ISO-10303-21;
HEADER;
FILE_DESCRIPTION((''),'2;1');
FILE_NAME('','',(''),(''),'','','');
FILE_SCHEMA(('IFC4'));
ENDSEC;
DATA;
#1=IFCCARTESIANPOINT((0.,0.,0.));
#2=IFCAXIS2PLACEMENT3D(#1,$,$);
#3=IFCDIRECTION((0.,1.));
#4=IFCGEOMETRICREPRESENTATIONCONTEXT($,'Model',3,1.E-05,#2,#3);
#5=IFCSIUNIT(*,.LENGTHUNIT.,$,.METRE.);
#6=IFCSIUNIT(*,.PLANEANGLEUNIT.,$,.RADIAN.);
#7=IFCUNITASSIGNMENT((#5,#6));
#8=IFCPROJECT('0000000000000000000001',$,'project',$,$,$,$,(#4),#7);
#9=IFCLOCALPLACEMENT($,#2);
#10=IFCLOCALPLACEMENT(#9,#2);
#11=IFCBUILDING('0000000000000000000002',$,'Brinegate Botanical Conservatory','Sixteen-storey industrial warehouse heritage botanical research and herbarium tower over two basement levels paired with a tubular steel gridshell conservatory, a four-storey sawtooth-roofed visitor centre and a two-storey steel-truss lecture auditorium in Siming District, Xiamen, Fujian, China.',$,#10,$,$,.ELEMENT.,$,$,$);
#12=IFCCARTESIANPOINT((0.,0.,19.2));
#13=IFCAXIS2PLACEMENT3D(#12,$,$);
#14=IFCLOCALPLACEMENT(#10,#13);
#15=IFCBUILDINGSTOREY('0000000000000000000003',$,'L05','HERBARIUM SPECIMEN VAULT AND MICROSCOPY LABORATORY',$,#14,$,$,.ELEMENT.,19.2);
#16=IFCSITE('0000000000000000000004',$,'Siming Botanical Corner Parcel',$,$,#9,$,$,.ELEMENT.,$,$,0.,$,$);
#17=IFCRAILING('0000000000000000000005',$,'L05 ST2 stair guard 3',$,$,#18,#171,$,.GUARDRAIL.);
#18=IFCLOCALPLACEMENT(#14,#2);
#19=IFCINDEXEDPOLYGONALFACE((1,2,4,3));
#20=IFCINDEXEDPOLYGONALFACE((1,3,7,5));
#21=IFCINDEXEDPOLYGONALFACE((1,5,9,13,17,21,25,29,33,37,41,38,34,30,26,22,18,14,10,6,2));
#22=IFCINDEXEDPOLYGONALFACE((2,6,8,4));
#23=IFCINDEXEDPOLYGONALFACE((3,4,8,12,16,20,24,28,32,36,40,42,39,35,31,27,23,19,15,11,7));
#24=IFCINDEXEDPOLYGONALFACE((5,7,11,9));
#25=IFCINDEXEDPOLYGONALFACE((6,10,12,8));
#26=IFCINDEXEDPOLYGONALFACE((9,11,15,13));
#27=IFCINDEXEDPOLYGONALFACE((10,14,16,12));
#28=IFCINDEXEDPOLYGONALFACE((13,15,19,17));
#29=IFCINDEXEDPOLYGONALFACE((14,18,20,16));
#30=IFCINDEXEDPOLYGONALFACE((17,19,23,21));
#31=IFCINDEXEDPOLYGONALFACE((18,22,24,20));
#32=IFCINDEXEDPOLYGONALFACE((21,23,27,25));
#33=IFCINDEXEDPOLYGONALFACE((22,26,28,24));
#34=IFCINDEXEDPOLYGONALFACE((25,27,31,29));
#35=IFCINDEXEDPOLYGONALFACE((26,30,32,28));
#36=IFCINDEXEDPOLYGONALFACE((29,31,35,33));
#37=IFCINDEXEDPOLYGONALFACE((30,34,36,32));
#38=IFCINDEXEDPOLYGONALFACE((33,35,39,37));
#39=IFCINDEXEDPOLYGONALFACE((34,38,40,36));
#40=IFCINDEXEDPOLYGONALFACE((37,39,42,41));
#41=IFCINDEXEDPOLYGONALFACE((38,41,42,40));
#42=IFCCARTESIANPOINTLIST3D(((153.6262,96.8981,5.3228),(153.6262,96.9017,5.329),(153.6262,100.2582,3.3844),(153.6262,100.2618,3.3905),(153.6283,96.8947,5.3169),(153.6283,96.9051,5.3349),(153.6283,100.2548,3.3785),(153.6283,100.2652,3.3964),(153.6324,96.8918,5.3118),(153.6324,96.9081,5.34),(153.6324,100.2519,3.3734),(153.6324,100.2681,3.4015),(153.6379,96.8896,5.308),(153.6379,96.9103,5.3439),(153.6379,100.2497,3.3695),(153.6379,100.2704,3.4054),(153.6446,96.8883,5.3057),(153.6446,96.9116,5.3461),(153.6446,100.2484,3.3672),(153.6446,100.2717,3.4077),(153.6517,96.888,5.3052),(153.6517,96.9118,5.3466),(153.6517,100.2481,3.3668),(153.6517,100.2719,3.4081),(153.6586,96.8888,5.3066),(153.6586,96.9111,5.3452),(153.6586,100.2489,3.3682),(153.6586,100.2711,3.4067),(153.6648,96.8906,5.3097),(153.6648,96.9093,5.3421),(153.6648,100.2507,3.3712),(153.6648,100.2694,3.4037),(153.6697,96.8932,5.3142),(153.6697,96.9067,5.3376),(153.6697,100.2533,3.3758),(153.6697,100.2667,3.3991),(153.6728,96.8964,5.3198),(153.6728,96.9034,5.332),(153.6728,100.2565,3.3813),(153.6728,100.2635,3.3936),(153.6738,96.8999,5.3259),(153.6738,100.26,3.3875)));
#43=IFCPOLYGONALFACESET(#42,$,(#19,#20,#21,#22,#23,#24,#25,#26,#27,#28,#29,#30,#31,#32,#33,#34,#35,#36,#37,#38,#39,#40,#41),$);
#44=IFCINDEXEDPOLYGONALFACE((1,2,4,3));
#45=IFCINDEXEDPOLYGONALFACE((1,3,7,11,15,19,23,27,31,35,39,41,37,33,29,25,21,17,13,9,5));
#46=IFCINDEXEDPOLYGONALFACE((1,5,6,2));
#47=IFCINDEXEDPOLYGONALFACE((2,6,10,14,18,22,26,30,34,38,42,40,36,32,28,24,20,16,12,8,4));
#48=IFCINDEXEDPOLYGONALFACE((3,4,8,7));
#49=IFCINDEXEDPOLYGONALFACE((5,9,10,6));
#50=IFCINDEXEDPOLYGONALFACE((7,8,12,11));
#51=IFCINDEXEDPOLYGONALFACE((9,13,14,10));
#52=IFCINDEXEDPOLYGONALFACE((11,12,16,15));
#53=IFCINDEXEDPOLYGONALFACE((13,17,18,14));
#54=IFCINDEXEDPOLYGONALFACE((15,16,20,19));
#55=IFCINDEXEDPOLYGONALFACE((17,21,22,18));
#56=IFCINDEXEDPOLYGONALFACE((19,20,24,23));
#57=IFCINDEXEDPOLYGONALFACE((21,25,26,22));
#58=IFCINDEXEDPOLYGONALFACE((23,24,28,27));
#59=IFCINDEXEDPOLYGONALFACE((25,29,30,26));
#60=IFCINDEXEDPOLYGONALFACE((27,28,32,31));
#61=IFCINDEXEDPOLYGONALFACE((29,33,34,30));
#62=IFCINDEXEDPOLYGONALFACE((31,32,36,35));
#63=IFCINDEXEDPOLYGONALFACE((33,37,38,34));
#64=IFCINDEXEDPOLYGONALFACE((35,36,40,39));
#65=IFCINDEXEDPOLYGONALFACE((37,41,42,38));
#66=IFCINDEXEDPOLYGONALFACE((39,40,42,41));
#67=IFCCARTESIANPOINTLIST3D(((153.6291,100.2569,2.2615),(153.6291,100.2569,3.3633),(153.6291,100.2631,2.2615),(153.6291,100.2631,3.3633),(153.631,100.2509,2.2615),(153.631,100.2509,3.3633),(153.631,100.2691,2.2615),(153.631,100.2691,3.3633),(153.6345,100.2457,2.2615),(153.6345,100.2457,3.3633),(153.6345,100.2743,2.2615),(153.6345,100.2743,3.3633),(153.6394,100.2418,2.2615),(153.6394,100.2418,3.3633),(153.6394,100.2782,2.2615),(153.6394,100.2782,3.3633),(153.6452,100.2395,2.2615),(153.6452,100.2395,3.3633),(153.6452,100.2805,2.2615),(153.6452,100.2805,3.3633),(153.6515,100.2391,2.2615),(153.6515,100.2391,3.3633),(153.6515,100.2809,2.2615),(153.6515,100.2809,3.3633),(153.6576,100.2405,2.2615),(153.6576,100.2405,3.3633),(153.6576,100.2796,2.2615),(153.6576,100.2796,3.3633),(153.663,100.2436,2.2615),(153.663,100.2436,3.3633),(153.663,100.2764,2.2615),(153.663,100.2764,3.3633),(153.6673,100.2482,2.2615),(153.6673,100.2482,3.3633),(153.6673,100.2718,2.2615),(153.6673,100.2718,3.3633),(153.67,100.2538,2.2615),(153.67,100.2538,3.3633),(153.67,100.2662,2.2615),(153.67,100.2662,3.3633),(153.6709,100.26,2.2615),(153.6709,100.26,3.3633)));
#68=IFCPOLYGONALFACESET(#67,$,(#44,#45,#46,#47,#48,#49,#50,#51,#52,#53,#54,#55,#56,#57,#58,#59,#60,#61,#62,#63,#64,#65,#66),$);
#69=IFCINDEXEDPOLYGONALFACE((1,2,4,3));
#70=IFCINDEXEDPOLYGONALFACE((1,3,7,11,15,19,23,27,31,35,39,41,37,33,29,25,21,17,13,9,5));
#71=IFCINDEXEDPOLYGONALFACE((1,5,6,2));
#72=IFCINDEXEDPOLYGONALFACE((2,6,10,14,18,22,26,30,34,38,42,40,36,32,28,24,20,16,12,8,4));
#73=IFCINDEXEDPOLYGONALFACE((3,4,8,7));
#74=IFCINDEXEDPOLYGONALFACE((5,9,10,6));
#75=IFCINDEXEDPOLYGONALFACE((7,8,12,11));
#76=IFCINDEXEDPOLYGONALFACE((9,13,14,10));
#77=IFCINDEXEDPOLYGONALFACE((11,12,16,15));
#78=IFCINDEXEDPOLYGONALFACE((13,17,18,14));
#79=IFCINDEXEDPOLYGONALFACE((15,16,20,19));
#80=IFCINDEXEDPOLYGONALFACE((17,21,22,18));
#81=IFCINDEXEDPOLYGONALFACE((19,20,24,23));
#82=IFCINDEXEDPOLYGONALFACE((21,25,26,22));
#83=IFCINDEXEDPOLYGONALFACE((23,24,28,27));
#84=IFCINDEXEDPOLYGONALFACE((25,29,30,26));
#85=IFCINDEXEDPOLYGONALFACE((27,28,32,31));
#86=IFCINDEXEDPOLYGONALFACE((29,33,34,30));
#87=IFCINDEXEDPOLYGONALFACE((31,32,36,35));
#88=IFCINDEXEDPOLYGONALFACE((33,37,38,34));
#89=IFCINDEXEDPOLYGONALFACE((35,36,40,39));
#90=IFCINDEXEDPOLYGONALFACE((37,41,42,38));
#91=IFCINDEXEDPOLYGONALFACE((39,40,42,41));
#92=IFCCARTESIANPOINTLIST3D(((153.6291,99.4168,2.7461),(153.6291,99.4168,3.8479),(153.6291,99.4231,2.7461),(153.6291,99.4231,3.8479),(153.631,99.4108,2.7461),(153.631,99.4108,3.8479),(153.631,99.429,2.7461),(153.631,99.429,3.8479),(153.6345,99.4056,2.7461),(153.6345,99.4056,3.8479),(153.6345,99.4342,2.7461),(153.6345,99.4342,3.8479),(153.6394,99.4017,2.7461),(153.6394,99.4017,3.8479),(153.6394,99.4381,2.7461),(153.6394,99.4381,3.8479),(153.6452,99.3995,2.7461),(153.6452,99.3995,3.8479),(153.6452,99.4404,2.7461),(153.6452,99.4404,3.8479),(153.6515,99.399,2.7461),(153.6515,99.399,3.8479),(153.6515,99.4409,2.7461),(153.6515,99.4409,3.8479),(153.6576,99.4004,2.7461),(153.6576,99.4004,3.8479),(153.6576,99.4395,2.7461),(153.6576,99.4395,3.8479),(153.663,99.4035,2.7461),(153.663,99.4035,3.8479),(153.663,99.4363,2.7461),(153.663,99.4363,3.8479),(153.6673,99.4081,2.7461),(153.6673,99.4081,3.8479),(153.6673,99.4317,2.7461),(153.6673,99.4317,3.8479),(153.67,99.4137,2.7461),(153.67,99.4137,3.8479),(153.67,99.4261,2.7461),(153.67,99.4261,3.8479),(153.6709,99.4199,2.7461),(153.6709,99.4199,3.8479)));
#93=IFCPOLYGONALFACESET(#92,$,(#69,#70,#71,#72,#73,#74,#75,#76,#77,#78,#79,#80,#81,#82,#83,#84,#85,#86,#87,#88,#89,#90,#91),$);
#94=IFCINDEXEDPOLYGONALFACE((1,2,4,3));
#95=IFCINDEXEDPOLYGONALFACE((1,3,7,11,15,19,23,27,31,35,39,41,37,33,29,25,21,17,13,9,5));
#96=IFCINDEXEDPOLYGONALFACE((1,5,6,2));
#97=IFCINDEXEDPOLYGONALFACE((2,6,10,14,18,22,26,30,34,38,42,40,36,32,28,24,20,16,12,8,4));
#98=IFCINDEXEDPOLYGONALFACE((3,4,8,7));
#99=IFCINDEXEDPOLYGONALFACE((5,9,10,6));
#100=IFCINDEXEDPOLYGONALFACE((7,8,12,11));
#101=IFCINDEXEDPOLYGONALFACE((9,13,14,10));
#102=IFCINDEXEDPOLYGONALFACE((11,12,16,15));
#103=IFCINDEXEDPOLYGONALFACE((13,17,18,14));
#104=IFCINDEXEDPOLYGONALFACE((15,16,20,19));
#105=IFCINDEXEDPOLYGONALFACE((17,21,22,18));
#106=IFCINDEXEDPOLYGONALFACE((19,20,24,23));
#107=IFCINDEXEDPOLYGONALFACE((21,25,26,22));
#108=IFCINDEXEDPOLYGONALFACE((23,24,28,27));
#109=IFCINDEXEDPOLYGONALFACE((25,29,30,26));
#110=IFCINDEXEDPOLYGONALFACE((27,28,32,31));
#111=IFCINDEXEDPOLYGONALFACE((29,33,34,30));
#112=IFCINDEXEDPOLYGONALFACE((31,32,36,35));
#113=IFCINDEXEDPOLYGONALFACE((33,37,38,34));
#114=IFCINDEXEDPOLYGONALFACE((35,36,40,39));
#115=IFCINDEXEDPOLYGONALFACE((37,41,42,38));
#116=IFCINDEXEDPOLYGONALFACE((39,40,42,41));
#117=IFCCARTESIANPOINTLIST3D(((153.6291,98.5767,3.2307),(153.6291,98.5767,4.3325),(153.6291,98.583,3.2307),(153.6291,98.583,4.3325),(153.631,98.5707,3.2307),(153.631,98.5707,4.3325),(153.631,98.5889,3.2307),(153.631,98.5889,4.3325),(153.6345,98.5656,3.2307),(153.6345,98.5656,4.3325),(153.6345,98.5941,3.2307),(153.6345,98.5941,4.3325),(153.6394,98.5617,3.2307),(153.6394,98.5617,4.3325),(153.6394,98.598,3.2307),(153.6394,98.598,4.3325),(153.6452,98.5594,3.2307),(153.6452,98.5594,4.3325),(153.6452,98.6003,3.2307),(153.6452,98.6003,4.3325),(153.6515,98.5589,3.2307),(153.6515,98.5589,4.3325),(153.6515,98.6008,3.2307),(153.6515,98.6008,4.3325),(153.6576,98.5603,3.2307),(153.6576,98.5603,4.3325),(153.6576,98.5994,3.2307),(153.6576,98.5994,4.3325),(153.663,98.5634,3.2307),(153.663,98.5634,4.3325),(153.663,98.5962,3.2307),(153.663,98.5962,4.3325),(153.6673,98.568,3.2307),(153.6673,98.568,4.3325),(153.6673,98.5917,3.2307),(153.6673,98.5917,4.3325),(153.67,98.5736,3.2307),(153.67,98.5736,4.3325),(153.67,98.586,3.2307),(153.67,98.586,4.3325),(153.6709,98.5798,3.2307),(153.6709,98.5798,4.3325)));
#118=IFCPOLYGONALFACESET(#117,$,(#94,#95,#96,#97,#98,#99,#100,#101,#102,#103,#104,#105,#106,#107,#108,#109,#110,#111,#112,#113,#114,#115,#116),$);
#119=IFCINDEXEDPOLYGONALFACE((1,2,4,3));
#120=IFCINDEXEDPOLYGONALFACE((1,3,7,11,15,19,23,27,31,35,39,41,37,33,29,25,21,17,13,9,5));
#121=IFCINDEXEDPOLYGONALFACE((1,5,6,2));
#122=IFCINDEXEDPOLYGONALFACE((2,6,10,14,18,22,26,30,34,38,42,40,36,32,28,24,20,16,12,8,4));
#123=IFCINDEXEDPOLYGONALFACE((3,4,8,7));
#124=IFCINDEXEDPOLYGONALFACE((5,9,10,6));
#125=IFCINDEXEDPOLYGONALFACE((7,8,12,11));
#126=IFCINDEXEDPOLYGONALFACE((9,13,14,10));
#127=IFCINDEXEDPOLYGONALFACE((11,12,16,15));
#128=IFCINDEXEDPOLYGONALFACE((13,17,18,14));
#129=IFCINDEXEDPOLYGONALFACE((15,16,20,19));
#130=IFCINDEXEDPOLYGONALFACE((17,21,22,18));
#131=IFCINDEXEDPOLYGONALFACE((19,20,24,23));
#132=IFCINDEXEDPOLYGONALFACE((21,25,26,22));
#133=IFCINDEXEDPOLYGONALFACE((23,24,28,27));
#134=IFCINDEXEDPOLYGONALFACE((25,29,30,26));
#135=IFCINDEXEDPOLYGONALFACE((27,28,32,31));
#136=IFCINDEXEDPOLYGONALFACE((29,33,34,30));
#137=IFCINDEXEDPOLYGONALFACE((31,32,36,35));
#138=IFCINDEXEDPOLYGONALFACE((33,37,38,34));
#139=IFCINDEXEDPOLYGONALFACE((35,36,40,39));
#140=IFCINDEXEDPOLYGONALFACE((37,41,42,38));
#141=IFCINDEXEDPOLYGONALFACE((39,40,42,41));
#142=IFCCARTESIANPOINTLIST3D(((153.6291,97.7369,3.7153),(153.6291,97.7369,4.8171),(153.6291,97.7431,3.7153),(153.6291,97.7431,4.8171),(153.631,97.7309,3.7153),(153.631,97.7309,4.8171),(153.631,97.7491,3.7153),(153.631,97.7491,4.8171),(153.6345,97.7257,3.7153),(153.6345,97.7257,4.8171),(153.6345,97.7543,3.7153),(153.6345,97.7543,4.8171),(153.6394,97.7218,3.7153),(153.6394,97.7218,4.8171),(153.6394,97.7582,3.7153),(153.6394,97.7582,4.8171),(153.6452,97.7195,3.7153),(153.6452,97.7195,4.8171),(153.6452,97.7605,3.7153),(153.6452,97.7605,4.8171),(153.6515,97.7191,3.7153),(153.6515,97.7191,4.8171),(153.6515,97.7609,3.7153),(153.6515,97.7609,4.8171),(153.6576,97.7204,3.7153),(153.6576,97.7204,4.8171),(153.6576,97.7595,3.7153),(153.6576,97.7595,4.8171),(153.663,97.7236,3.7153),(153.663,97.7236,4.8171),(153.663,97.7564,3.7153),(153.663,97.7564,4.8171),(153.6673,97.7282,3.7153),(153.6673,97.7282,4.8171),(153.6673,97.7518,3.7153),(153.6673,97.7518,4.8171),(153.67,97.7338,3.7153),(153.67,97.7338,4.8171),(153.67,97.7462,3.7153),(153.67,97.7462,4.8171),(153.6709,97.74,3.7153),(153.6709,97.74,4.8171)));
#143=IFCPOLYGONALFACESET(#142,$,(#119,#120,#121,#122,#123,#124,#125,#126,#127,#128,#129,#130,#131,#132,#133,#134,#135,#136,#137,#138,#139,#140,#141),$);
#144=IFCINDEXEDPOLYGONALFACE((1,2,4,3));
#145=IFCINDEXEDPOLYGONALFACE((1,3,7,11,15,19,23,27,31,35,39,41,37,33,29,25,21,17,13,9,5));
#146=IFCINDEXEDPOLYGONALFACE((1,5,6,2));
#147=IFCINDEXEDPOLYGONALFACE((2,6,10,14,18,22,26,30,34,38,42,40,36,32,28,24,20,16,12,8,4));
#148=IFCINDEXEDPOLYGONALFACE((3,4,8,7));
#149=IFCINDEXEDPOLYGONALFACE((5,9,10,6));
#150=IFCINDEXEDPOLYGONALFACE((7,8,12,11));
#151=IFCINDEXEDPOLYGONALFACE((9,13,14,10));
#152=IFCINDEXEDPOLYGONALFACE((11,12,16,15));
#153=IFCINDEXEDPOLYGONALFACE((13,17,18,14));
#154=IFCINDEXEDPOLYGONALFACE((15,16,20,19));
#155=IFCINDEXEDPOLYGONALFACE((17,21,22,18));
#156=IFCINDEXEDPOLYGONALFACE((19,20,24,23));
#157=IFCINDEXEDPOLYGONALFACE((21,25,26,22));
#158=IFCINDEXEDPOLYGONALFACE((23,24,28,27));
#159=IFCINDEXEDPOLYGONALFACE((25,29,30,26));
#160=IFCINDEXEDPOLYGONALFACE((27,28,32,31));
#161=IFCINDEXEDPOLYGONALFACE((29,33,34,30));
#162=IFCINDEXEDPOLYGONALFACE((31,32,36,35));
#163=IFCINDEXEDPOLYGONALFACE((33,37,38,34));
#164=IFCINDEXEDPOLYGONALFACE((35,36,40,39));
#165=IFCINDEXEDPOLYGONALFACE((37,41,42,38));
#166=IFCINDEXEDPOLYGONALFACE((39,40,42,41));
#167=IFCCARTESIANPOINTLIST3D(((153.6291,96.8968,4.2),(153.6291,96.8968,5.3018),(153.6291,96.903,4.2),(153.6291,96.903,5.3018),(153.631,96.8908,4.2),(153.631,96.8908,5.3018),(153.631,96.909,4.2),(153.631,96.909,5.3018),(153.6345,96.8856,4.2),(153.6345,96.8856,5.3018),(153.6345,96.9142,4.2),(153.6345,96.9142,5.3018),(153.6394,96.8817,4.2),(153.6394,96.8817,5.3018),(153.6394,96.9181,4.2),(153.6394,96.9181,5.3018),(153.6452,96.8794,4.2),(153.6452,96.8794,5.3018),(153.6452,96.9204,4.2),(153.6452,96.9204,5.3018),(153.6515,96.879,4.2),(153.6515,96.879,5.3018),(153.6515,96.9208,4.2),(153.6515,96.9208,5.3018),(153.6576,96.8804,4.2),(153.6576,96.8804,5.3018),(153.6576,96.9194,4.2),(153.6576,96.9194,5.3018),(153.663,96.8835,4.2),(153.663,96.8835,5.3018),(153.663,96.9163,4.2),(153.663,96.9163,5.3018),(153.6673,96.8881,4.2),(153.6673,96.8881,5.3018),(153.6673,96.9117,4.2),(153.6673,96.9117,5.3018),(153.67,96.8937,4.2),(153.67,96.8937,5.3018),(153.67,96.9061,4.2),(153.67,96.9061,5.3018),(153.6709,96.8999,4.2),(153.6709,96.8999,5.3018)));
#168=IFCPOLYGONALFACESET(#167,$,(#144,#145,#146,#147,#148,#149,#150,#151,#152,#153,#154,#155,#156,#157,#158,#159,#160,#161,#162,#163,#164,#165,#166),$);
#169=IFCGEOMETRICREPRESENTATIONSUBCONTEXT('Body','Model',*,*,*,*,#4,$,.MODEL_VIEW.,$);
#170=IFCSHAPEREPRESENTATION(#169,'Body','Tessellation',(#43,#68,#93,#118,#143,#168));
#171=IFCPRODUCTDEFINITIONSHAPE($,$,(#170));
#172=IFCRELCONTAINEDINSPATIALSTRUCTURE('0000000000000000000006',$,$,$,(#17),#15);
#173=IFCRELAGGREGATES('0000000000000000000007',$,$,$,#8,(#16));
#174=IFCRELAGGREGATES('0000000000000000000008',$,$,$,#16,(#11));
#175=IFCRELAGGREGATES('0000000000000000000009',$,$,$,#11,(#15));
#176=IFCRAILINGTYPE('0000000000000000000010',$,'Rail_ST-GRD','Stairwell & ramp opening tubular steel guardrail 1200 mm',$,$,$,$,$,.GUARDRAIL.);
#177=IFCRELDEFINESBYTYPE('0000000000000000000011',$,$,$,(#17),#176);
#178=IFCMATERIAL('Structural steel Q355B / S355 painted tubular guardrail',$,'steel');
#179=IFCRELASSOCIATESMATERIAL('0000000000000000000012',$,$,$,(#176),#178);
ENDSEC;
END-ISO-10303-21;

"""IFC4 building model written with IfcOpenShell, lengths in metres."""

from ifc_helpers import new_model, si_unit, direction, frame, origin, origin_2d, place, context, subcontext, project, spatial, circle, extrude, material, type_object, element, save


model = new_model("IFC4")

# Units and contexts
model_context = context("Model", 3, precision=1e-05, world=origin(), true_north=direction((0.0, 1.0)))
body_context = subcontext(model_context, "Body", "Model", "MODEL_VIEW")
ifc_project = project(units=[si_unit("LENGTHUNIT", "METRE"), si_unit("PLANEANGLEUNIT", "RADIAN")], contexts=[model_context])

# Site, building, storey
site_placement = place(None, origin())
site = spatial("IfcSite", under=ifc_project, at=site_placement, Name="Siming Botanical Corner Parcel", CompositionType="ELEMENT", RefElevation=0.0)
building_placement = place(site_placement, origin())
building = spatial("IfcBuilding", under=site, at=building_placement, Name="Brinegate Botanical Conservatory", Description="Sixteen-storey industrial warehouse heritage botanical research and herbarium tower over two basement levels paired with a tubular steel gridshell conservatory, a four-storey sawtooth-roofed visitor centre and a two-storey steel-truss lecture auditorium in Siming District, Xiamen, Fujian, China.", CompositionType="ELEMENT")
storey_placement = place(building_placement, frame((0.0, 0.0, 19.2)))
storey = spatial("IfcBuildingStorey", under=building, at=storey_placement, Name="L05", Description="HERBARIUM SPECIMEN VAULT AND MICROSCOPY LABORATORY", CompositionType="ELEMENT", Elevation=19.2)

# Railing
ifc_material_1 = material(Name="Structural steel Q355B / S355 painted tubular guardrail", Category="steel")
railing_type_1 = type_object("IfcRailingType", Name="Rail_ST-GRD", Description="Stairwell & ramp opening tubular steel guardrail 1200 mm", PredefinedType="GUARDRAIL", material=ifc_material_1)
railing_1_placement = place(storey_placement, frame((153.6499, 100.26, 2.2615)))
element("IfcRailing", 1, at=railing_1_placement, inside=storey, type_object=railing_type_1, Name="L05 ST2 stair guard 3", PredefinedType="GUARDRAIL", context=body_context, shape_type="SweptSolid", body=[
    extrude(circle(Radius=0.0239, at=origin_2d()), frame((0.0, 0.0, 1.126), z_axis=(0.0, -0.866191, 0.499713), x_axis=(1.0, 0.0, 0.0)), (0.0, 0.0, 1.0), 3.8792),
    extrude(circle(Radius=0.021, at=origin_2d()), origin(), (0.0, 0.0, 1.0), 1.1018),
    extrude(circle(Radius=0.021, at=origin_2d()), frame((0.0, -0.8401, 0.4846)), (0.0, 0.0, 1.0), 1.1018),
    extrude(circle(Radius=0.021, at=origin_2d()), frame((0.0, -1.6802, 0.9692)), (0.0, 0.0, 1.0), 1.1018),
    extrude(circle(Radius=0.021, at=origin_2d()), frame((0.0, -2.52, 1.4539)), (0.0, 0.0, 1.0), 1.1018),
    extrude(circle(Radius=0.021, at=origin_2d()), frame((0.0, -3.3601, 1.9385)), (0.0, 0.0, 1.0), 1.1018),
])

save(model, "model.ifc")
